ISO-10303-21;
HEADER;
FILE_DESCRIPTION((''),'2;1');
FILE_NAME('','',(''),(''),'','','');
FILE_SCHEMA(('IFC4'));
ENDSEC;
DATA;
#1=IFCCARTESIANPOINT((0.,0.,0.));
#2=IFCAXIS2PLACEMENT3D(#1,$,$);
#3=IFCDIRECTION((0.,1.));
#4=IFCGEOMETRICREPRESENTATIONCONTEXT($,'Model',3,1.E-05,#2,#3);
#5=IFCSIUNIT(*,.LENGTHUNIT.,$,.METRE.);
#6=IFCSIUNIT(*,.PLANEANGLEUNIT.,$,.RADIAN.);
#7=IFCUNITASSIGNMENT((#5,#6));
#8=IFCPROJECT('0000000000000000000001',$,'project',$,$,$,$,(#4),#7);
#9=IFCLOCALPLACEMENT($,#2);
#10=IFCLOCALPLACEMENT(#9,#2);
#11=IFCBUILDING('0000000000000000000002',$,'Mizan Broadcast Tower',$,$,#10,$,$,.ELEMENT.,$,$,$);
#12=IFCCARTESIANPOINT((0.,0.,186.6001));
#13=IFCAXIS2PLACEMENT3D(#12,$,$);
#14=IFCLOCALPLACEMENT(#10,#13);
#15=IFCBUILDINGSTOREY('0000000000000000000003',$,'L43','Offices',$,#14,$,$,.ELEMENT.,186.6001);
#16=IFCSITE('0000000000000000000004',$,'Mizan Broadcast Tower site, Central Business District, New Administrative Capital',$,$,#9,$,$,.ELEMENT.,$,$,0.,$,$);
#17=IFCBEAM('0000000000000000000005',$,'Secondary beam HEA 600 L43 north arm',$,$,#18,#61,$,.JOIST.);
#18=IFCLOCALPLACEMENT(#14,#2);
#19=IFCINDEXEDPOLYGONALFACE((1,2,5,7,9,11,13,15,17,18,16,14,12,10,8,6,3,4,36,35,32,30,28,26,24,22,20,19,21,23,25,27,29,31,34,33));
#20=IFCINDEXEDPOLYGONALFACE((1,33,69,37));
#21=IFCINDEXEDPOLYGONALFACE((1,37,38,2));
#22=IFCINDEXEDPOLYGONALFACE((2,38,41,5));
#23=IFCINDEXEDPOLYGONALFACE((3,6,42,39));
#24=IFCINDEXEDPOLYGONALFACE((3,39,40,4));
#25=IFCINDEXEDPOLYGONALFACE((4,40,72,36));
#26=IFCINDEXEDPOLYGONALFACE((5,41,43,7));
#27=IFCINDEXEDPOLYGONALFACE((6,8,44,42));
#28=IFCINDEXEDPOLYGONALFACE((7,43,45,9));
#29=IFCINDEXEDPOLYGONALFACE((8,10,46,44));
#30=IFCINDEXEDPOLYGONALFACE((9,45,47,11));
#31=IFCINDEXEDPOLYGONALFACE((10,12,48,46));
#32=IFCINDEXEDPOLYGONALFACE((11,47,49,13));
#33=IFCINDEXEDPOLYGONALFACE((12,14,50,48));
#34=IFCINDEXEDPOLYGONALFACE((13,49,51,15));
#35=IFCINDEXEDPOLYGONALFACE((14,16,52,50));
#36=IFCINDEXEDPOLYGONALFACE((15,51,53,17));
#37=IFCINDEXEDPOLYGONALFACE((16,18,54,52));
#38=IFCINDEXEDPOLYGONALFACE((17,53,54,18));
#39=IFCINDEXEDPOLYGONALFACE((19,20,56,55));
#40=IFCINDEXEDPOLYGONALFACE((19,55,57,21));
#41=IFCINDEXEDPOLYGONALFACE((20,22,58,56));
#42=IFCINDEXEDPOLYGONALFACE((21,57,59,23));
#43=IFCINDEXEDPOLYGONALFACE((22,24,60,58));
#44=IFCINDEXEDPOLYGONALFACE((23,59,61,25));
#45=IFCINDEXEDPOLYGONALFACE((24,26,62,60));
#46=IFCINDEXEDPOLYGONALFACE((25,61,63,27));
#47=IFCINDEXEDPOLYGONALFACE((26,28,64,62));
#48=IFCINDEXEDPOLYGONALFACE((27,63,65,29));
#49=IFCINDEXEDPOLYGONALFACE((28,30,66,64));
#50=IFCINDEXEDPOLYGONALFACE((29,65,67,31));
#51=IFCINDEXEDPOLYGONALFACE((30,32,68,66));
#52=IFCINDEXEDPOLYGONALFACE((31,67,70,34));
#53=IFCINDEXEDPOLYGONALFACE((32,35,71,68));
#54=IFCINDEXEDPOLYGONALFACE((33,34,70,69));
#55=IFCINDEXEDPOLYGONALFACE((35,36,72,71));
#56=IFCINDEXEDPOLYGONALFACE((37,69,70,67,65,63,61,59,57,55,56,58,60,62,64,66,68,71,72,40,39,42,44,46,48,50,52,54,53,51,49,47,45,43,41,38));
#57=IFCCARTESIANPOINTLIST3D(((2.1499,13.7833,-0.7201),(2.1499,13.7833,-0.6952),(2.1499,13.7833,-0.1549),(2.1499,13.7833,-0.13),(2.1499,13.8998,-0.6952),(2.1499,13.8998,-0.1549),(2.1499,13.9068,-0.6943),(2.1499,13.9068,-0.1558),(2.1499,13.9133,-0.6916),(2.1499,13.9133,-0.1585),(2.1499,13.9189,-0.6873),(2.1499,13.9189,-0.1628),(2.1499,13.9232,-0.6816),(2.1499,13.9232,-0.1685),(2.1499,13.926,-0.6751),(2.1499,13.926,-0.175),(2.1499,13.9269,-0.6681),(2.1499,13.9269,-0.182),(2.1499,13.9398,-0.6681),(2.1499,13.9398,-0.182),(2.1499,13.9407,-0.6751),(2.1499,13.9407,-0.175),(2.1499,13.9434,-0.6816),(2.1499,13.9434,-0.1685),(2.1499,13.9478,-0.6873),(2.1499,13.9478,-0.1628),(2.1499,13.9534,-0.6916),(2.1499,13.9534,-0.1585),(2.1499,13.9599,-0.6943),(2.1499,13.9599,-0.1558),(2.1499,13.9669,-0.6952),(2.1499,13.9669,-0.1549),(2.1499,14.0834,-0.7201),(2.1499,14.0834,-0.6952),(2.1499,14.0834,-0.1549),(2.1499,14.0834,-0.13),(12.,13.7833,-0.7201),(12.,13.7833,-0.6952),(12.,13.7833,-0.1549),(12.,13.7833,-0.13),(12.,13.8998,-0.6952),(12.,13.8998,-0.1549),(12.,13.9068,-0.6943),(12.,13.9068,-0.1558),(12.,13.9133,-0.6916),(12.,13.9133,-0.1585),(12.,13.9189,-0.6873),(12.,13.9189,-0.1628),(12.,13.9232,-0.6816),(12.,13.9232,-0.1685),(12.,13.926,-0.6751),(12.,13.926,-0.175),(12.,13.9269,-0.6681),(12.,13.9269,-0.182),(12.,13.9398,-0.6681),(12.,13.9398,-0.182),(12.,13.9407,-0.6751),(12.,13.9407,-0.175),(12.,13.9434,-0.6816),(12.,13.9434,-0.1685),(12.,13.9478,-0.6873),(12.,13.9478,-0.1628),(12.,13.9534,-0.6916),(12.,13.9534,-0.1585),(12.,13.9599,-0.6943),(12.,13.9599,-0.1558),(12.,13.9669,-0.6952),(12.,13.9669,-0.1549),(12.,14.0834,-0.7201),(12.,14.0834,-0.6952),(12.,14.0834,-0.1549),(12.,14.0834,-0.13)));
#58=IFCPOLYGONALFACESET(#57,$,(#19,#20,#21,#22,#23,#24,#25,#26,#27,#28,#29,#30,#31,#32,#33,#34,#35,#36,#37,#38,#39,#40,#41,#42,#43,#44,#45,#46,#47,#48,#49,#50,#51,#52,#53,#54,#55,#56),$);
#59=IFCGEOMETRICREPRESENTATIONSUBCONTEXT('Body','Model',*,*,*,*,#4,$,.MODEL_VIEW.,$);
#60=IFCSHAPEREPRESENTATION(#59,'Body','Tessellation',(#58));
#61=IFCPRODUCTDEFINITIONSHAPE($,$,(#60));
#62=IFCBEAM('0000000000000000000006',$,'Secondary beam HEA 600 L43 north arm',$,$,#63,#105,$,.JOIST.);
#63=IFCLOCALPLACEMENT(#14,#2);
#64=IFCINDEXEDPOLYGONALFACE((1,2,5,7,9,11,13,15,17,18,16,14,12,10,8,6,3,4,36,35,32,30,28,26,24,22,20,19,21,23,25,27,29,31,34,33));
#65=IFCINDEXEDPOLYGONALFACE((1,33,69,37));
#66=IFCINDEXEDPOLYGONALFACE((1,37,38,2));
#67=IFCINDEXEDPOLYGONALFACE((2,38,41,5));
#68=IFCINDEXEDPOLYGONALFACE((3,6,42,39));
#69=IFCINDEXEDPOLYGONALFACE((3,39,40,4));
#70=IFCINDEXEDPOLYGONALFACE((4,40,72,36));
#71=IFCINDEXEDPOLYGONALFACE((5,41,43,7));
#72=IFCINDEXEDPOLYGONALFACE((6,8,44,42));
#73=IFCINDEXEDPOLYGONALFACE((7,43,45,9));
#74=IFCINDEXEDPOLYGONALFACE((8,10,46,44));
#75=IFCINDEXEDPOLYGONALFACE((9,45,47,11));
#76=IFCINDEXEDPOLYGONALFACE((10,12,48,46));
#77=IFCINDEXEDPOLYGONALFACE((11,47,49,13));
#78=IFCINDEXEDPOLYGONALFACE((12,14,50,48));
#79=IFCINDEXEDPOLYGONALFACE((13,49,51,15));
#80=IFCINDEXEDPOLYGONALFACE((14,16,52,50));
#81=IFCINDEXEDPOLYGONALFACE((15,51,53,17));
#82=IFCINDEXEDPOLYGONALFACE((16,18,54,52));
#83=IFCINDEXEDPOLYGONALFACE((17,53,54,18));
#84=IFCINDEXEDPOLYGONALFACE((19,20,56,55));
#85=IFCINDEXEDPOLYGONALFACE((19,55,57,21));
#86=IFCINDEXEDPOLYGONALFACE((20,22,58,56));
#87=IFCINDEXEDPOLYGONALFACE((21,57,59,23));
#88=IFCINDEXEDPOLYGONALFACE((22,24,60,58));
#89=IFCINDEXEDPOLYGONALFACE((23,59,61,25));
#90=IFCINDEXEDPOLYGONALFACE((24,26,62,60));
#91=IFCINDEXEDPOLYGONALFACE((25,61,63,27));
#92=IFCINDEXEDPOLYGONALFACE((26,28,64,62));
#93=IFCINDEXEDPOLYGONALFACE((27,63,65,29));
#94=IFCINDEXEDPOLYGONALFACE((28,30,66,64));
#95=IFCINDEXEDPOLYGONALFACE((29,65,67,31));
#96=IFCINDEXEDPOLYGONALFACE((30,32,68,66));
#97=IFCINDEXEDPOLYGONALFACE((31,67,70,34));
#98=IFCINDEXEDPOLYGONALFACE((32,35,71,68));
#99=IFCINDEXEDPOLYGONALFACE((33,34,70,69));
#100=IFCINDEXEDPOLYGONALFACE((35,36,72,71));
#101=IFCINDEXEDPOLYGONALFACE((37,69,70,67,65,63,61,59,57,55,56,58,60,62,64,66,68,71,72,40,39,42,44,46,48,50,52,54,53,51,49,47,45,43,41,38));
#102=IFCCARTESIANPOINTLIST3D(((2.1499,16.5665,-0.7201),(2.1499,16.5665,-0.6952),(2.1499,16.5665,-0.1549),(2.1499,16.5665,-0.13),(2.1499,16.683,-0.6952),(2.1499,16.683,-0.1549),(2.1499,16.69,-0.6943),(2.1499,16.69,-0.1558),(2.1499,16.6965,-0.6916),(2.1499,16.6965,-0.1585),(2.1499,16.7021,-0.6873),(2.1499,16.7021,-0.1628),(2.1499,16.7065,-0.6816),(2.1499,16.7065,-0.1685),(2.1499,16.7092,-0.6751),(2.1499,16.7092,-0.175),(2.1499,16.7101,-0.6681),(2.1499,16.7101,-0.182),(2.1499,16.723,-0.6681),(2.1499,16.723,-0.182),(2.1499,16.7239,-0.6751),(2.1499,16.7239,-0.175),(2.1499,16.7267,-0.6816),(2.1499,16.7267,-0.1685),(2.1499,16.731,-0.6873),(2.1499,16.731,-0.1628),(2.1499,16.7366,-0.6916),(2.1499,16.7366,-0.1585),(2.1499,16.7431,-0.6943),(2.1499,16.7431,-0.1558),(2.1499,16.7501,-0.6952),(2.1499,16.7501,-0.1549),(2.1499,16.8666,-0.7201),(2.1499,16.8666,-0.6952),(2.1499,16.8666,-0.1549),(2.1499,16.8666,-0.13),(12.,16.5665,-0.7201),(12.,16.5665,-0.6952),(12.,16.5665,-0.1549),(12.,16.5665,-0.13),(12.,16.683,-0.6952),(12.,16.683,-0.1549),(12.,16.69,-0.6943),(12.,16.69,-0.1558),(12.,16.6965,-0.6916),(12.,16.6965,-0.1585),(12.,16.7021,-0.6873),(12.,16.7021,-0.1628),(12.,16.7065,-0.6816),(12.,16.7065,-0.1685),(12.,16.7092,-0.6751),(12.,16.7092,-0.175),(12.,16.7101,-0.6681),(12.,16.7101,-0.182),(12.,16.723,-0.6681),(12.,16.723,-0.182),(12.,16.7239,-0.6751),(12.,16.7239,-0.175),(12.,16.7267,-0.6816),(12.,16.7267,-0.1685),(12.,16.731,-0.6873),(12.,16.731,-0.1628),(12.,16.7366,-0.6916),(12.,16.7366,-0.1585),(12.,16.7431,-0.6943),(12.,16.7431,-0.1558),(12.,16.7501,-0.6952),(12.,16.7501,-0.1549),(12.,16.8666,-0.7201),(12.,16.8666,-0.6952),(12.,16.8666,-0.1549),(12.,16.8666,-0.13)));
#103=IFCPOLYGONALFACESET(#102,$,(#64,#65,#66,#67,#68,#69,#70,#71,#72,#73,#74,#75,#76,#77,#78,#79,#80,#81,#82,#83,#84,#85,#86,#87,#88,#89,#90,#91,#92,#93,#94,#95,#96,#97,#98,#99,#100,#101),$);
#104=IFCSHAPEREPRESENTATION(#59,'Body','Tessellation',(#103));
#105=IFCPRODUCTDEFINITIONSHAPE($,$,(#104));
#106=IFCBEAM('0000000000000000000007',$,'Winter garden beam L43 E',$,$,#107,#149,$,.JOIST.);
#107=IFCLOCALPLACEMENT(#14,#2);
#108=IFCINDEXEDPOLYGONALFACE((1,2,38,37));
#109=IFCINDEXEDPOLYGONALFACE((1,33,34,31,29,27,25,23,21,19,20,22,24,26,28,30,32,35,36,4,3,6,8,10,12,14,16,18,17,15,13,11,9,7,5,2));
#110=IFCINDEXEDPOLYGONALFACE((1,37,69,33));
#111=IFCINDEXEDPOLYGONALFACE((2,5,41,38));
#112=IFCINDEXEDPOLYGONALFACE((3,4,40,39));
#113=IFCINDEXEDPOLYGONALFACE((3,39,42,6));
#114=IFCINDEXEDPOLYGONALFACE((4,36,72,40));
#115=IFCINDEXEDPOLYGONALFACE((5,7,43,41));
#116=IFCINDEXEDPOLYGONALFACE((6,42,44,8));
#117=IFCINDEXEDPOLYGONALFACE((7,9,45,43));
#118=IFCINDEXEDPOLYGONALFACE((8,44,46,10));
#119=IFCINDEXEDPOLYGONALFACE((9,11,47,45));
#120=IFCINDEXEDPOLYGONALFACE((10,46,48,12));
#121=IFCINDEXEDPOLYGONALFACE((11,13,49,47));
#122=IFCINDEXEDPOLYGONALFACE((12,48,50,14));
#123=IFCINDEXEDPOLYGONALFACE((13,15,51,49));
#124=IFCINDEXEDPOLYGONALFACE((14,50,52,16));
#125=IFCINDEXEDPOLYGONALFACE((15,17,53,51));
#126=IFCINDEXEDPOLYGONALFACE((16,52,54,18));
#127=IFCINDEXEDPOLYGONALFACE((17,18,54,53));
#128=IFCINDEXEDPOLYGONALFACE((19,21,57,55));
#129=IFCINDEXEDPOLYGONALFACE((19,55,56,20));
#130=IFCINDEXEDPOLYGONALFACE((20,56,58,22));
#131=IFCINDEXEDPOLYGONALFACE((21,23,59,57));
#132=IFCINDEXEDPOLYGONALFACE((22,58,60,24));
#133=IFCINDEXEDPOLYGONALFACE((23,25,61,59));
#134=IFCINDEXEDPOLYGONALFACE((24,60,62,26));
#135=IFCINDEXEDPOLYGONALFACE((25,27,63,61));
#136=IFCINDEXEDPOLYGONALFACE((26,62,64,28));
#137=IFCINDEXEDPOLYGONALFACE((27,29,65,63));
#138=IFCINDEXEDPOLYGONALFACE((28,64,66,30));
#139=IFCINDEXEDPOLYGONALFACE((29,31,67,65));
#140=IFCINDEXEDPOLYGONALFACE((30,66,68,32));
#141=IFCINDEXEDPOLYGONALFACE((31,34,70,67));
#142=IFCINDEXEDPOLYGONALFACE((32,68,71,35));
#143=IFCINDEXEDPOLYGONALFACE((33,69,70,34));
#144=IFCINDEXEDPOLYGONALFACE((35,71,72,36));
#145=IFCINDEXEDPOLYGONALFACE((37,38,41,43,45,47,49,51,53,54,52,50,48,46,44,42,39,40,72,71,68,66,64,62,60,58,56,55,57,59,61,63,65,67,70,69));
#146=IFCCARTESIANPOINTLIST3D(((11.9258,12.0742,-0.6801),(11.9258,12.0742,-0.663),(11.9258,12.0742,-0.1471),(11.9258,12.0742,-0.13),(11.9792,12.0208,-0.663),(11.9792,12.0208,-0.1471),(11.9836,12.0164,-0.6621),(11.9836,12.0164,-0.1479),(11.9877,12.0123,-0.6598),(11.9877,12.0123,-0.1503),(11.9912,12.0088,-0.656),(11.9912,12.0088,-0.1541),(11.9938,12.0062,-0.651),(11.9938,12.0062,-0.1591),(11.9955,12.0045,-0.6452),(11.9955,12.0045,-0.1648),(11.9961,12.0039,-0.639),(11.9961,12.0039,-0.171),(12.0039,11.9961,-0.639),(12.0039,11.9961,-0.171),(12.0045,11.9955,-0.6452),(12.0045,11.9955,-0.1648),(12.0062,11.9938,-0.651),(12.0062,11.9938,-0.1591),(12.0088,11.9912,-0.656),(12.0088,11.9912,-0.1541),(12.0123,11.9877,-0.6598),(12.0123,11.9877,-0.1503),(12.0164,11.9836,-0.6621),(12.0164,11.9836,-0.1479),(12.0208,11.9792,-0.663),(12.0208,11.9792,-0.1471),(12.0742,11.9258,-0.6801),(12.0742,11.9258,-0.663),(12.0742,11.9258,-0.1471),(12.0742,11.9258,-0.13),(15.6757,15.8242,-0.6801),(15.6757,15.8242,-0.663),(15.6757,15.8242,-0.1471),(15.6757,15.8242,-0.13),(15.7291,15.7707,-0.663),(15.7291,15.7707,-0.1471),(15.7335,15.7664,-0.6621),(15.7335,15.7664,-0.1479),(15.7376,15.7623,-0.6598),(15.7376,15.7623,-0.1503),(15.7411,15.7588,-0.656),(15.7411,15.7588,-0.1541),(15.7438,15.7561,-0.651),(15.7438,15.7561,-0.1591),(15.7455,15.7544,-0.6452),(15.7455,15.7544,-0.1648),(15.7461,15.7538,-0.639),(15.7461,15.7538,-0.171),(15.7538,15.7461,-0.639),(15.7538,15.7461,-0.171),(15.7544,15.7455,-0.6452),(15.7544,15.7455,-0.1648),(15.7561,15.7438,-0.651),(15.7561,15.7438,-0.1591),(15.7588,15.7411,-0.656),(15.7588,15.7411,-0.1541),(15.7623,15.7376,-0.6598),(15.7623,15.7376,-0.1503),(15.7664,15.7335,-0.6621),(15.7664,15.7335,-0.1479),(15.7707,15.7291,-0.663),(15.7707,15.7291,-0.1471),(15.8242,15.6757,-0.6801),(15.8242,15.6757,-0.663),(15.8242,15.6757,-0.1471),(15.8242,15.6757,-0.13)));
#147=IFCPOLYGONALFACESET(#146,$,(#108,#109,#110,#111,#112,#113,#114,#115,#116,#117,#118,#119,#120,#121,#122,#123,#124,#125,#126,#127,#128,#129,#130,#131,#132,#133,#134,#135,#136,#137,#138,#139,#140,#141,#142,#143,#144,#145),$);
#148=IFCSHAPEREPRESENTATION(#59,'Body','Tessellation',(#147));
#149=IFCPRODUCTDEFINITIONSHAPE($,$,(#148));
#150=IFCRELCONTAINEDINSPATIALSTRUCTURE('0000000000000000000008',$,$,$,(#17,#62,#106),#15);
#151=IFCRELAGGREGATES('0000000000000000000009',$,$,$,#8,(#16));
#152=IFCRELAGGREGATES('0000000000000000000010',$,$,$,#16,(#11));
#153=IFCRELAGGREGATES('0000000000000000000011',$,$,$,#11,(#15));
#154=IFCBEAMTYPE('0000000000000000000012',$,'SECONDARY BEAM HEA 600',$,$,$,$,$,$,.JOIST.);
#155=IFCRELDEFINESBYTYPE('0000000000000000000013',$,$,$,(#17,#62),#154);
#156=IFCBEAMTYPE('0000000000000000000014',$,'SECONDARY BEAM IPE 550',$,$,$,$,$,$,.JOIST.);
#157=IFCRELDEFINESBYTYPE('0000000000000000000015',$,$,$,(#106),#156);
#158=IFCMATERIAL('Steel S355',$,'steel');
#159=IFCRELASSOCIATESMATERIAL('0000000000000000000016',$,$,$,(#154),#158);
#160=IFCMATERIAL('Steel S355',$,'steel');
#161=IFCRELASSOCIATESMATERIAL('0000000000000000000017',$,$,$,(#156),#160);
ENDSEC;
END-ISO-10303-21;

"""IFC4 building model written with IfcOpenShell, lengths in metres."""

from ifc_helpers import new_model, si_unit, direction, frame, origin, origin_2d, place, context, subcontext, project, spatial, i_section, extrude, material, material_profile, profile_set, type_object, element, save


model = new_model("IFC4")

# Units and contexts
model_context = context("Model", 3, precision=1e-05, world=origin(), true_north=direction((0.0, 1.0)))
body_context = subcontext(model_context, "Body", "Model", "MODEL_VIEW")
ifc_project = project(units=[si_unit("LENGTHUNIT", "METRE"), si_unit("PLANEANGLEUNIT", "RADIAN")], contexts=[model_context])

# Site, building, storey
site_placement = place(None, origin())
site = spatial("IfcSite", under=ifc_project, at=site_placement, Name="Mizan Broadcast Tower site, Central Business District, New Administrative Capital", CompositionType="ELEMENT", RefElevation=0.0)
building_placement = place(site_placement, origin())
building = spatial("IfcBuilding", under=site, at=building_placement, Name="Mizan Broadcast Tower", CompositionType="ELEMENT")
storey_placement = place(building_placement, frame((0.0, 0.0, 186.6001)))
storey = spatial("IfcBuildingStorey", under=building, at=storey_placement, Name="L43", Description="Offices", CompositionType="ELEMENT", Elevation=186.6001)

# Beams
ifc_material_1 = material(Name="Steel S355", Category="steel")
ifc_material_profile_1 = material_profile(ifc_material_1, i_section(OverallWidth=0.3, OverallDepth=0.5901, WebThickness=0.0129, FlangeThickness=0.0249, FilletRadius=0.0271, at=origin_2d()), Name="HEA 600")
ifc_profile_set_1 = profile_set([ifc_material_profile_1], Name="Steel S355")
beam_type_1 = type_object("IfcBeamType", Name="SECONDARY BEAM HEA 600", PredefinedType="JOIST", material=ifc_profile_set_1)
for number, where, z_axis, x_axis, name in (
    (1, (12.0, 13.9333, -0.425), (-1.0, 0.0, 0.0), (0.0, -1.0, 0.0), "Secondary beam HEA 600 L43 north arm"),
    (2, (12.0, 16.7166, -0.425), (-1.0, 0.0, 0.0), (0.0, -1.0, 0.0), "Secondary beam HEA 600 L43 north arm"),
):
    element("IfcBeam", number, at=place(storey_placement, frame(where, z_axis=z_axis, x_axis=x_axis)), inside=storey, type_object=beam_type_1, Name=name, PredefinedType="JOIST", context=body_context, shape_type="SweptSolid", body=[
        extrude(i_section(OverallWidth=0.3, OverallDepth=0.5901, WebThickness=0.0129, FlangeThickness=0.0249, FilletRadius=0.0271, at=origin_2d()), origin(), (0.0, 0.0, 1.0), 9.8501),
    ])
ifc_material_2 = material(Name="Steel S355", Category="steel")
ifc_material_profile_2 = material_profile(ifc_material_2, i_section(OverallWidth=0.21, OverallDepth=0.55, WebThickness=0.011, FlangeThickness=0.0171, FilletRadius=0.0239, at=origin_2d()), Name="IPE 550")
ifc_profile_set_2 = profile_set([ifc_material_profile_2], Name="Steel S355")
beam_type_2 = type_object("IfcBeamType", Name="SECONDARY BEAM IPE 550", PredefinedType="JOIST", material=ifc_profile_set_2)
beam_1_placement = place(storey_placement, frame((12.0, 12.0, -0.405), z_axis=(0.707107, 0.707107, 0.0), x_axis=(-0.707107, 0.707107, 0.0)))
element("IfcBeam", 3, at=beam_1_placement, inside=storey, type_object=beam_type_2, Name="Winter garden beam L43 E", PredefinedType="JOIST", context=body_context, shape_type="SweptSolid", body=[
    extrude(i_section(OverallWidth=0.21, OverallDepth=0.55, WebThickness=0.011, FlangeThickness=0.0171, FilletRadius=0.0239, at=origin_2d()), origin(), (0.0, 0.0, 1.0), 5.3032),
])

save(model, "model.ifc")
